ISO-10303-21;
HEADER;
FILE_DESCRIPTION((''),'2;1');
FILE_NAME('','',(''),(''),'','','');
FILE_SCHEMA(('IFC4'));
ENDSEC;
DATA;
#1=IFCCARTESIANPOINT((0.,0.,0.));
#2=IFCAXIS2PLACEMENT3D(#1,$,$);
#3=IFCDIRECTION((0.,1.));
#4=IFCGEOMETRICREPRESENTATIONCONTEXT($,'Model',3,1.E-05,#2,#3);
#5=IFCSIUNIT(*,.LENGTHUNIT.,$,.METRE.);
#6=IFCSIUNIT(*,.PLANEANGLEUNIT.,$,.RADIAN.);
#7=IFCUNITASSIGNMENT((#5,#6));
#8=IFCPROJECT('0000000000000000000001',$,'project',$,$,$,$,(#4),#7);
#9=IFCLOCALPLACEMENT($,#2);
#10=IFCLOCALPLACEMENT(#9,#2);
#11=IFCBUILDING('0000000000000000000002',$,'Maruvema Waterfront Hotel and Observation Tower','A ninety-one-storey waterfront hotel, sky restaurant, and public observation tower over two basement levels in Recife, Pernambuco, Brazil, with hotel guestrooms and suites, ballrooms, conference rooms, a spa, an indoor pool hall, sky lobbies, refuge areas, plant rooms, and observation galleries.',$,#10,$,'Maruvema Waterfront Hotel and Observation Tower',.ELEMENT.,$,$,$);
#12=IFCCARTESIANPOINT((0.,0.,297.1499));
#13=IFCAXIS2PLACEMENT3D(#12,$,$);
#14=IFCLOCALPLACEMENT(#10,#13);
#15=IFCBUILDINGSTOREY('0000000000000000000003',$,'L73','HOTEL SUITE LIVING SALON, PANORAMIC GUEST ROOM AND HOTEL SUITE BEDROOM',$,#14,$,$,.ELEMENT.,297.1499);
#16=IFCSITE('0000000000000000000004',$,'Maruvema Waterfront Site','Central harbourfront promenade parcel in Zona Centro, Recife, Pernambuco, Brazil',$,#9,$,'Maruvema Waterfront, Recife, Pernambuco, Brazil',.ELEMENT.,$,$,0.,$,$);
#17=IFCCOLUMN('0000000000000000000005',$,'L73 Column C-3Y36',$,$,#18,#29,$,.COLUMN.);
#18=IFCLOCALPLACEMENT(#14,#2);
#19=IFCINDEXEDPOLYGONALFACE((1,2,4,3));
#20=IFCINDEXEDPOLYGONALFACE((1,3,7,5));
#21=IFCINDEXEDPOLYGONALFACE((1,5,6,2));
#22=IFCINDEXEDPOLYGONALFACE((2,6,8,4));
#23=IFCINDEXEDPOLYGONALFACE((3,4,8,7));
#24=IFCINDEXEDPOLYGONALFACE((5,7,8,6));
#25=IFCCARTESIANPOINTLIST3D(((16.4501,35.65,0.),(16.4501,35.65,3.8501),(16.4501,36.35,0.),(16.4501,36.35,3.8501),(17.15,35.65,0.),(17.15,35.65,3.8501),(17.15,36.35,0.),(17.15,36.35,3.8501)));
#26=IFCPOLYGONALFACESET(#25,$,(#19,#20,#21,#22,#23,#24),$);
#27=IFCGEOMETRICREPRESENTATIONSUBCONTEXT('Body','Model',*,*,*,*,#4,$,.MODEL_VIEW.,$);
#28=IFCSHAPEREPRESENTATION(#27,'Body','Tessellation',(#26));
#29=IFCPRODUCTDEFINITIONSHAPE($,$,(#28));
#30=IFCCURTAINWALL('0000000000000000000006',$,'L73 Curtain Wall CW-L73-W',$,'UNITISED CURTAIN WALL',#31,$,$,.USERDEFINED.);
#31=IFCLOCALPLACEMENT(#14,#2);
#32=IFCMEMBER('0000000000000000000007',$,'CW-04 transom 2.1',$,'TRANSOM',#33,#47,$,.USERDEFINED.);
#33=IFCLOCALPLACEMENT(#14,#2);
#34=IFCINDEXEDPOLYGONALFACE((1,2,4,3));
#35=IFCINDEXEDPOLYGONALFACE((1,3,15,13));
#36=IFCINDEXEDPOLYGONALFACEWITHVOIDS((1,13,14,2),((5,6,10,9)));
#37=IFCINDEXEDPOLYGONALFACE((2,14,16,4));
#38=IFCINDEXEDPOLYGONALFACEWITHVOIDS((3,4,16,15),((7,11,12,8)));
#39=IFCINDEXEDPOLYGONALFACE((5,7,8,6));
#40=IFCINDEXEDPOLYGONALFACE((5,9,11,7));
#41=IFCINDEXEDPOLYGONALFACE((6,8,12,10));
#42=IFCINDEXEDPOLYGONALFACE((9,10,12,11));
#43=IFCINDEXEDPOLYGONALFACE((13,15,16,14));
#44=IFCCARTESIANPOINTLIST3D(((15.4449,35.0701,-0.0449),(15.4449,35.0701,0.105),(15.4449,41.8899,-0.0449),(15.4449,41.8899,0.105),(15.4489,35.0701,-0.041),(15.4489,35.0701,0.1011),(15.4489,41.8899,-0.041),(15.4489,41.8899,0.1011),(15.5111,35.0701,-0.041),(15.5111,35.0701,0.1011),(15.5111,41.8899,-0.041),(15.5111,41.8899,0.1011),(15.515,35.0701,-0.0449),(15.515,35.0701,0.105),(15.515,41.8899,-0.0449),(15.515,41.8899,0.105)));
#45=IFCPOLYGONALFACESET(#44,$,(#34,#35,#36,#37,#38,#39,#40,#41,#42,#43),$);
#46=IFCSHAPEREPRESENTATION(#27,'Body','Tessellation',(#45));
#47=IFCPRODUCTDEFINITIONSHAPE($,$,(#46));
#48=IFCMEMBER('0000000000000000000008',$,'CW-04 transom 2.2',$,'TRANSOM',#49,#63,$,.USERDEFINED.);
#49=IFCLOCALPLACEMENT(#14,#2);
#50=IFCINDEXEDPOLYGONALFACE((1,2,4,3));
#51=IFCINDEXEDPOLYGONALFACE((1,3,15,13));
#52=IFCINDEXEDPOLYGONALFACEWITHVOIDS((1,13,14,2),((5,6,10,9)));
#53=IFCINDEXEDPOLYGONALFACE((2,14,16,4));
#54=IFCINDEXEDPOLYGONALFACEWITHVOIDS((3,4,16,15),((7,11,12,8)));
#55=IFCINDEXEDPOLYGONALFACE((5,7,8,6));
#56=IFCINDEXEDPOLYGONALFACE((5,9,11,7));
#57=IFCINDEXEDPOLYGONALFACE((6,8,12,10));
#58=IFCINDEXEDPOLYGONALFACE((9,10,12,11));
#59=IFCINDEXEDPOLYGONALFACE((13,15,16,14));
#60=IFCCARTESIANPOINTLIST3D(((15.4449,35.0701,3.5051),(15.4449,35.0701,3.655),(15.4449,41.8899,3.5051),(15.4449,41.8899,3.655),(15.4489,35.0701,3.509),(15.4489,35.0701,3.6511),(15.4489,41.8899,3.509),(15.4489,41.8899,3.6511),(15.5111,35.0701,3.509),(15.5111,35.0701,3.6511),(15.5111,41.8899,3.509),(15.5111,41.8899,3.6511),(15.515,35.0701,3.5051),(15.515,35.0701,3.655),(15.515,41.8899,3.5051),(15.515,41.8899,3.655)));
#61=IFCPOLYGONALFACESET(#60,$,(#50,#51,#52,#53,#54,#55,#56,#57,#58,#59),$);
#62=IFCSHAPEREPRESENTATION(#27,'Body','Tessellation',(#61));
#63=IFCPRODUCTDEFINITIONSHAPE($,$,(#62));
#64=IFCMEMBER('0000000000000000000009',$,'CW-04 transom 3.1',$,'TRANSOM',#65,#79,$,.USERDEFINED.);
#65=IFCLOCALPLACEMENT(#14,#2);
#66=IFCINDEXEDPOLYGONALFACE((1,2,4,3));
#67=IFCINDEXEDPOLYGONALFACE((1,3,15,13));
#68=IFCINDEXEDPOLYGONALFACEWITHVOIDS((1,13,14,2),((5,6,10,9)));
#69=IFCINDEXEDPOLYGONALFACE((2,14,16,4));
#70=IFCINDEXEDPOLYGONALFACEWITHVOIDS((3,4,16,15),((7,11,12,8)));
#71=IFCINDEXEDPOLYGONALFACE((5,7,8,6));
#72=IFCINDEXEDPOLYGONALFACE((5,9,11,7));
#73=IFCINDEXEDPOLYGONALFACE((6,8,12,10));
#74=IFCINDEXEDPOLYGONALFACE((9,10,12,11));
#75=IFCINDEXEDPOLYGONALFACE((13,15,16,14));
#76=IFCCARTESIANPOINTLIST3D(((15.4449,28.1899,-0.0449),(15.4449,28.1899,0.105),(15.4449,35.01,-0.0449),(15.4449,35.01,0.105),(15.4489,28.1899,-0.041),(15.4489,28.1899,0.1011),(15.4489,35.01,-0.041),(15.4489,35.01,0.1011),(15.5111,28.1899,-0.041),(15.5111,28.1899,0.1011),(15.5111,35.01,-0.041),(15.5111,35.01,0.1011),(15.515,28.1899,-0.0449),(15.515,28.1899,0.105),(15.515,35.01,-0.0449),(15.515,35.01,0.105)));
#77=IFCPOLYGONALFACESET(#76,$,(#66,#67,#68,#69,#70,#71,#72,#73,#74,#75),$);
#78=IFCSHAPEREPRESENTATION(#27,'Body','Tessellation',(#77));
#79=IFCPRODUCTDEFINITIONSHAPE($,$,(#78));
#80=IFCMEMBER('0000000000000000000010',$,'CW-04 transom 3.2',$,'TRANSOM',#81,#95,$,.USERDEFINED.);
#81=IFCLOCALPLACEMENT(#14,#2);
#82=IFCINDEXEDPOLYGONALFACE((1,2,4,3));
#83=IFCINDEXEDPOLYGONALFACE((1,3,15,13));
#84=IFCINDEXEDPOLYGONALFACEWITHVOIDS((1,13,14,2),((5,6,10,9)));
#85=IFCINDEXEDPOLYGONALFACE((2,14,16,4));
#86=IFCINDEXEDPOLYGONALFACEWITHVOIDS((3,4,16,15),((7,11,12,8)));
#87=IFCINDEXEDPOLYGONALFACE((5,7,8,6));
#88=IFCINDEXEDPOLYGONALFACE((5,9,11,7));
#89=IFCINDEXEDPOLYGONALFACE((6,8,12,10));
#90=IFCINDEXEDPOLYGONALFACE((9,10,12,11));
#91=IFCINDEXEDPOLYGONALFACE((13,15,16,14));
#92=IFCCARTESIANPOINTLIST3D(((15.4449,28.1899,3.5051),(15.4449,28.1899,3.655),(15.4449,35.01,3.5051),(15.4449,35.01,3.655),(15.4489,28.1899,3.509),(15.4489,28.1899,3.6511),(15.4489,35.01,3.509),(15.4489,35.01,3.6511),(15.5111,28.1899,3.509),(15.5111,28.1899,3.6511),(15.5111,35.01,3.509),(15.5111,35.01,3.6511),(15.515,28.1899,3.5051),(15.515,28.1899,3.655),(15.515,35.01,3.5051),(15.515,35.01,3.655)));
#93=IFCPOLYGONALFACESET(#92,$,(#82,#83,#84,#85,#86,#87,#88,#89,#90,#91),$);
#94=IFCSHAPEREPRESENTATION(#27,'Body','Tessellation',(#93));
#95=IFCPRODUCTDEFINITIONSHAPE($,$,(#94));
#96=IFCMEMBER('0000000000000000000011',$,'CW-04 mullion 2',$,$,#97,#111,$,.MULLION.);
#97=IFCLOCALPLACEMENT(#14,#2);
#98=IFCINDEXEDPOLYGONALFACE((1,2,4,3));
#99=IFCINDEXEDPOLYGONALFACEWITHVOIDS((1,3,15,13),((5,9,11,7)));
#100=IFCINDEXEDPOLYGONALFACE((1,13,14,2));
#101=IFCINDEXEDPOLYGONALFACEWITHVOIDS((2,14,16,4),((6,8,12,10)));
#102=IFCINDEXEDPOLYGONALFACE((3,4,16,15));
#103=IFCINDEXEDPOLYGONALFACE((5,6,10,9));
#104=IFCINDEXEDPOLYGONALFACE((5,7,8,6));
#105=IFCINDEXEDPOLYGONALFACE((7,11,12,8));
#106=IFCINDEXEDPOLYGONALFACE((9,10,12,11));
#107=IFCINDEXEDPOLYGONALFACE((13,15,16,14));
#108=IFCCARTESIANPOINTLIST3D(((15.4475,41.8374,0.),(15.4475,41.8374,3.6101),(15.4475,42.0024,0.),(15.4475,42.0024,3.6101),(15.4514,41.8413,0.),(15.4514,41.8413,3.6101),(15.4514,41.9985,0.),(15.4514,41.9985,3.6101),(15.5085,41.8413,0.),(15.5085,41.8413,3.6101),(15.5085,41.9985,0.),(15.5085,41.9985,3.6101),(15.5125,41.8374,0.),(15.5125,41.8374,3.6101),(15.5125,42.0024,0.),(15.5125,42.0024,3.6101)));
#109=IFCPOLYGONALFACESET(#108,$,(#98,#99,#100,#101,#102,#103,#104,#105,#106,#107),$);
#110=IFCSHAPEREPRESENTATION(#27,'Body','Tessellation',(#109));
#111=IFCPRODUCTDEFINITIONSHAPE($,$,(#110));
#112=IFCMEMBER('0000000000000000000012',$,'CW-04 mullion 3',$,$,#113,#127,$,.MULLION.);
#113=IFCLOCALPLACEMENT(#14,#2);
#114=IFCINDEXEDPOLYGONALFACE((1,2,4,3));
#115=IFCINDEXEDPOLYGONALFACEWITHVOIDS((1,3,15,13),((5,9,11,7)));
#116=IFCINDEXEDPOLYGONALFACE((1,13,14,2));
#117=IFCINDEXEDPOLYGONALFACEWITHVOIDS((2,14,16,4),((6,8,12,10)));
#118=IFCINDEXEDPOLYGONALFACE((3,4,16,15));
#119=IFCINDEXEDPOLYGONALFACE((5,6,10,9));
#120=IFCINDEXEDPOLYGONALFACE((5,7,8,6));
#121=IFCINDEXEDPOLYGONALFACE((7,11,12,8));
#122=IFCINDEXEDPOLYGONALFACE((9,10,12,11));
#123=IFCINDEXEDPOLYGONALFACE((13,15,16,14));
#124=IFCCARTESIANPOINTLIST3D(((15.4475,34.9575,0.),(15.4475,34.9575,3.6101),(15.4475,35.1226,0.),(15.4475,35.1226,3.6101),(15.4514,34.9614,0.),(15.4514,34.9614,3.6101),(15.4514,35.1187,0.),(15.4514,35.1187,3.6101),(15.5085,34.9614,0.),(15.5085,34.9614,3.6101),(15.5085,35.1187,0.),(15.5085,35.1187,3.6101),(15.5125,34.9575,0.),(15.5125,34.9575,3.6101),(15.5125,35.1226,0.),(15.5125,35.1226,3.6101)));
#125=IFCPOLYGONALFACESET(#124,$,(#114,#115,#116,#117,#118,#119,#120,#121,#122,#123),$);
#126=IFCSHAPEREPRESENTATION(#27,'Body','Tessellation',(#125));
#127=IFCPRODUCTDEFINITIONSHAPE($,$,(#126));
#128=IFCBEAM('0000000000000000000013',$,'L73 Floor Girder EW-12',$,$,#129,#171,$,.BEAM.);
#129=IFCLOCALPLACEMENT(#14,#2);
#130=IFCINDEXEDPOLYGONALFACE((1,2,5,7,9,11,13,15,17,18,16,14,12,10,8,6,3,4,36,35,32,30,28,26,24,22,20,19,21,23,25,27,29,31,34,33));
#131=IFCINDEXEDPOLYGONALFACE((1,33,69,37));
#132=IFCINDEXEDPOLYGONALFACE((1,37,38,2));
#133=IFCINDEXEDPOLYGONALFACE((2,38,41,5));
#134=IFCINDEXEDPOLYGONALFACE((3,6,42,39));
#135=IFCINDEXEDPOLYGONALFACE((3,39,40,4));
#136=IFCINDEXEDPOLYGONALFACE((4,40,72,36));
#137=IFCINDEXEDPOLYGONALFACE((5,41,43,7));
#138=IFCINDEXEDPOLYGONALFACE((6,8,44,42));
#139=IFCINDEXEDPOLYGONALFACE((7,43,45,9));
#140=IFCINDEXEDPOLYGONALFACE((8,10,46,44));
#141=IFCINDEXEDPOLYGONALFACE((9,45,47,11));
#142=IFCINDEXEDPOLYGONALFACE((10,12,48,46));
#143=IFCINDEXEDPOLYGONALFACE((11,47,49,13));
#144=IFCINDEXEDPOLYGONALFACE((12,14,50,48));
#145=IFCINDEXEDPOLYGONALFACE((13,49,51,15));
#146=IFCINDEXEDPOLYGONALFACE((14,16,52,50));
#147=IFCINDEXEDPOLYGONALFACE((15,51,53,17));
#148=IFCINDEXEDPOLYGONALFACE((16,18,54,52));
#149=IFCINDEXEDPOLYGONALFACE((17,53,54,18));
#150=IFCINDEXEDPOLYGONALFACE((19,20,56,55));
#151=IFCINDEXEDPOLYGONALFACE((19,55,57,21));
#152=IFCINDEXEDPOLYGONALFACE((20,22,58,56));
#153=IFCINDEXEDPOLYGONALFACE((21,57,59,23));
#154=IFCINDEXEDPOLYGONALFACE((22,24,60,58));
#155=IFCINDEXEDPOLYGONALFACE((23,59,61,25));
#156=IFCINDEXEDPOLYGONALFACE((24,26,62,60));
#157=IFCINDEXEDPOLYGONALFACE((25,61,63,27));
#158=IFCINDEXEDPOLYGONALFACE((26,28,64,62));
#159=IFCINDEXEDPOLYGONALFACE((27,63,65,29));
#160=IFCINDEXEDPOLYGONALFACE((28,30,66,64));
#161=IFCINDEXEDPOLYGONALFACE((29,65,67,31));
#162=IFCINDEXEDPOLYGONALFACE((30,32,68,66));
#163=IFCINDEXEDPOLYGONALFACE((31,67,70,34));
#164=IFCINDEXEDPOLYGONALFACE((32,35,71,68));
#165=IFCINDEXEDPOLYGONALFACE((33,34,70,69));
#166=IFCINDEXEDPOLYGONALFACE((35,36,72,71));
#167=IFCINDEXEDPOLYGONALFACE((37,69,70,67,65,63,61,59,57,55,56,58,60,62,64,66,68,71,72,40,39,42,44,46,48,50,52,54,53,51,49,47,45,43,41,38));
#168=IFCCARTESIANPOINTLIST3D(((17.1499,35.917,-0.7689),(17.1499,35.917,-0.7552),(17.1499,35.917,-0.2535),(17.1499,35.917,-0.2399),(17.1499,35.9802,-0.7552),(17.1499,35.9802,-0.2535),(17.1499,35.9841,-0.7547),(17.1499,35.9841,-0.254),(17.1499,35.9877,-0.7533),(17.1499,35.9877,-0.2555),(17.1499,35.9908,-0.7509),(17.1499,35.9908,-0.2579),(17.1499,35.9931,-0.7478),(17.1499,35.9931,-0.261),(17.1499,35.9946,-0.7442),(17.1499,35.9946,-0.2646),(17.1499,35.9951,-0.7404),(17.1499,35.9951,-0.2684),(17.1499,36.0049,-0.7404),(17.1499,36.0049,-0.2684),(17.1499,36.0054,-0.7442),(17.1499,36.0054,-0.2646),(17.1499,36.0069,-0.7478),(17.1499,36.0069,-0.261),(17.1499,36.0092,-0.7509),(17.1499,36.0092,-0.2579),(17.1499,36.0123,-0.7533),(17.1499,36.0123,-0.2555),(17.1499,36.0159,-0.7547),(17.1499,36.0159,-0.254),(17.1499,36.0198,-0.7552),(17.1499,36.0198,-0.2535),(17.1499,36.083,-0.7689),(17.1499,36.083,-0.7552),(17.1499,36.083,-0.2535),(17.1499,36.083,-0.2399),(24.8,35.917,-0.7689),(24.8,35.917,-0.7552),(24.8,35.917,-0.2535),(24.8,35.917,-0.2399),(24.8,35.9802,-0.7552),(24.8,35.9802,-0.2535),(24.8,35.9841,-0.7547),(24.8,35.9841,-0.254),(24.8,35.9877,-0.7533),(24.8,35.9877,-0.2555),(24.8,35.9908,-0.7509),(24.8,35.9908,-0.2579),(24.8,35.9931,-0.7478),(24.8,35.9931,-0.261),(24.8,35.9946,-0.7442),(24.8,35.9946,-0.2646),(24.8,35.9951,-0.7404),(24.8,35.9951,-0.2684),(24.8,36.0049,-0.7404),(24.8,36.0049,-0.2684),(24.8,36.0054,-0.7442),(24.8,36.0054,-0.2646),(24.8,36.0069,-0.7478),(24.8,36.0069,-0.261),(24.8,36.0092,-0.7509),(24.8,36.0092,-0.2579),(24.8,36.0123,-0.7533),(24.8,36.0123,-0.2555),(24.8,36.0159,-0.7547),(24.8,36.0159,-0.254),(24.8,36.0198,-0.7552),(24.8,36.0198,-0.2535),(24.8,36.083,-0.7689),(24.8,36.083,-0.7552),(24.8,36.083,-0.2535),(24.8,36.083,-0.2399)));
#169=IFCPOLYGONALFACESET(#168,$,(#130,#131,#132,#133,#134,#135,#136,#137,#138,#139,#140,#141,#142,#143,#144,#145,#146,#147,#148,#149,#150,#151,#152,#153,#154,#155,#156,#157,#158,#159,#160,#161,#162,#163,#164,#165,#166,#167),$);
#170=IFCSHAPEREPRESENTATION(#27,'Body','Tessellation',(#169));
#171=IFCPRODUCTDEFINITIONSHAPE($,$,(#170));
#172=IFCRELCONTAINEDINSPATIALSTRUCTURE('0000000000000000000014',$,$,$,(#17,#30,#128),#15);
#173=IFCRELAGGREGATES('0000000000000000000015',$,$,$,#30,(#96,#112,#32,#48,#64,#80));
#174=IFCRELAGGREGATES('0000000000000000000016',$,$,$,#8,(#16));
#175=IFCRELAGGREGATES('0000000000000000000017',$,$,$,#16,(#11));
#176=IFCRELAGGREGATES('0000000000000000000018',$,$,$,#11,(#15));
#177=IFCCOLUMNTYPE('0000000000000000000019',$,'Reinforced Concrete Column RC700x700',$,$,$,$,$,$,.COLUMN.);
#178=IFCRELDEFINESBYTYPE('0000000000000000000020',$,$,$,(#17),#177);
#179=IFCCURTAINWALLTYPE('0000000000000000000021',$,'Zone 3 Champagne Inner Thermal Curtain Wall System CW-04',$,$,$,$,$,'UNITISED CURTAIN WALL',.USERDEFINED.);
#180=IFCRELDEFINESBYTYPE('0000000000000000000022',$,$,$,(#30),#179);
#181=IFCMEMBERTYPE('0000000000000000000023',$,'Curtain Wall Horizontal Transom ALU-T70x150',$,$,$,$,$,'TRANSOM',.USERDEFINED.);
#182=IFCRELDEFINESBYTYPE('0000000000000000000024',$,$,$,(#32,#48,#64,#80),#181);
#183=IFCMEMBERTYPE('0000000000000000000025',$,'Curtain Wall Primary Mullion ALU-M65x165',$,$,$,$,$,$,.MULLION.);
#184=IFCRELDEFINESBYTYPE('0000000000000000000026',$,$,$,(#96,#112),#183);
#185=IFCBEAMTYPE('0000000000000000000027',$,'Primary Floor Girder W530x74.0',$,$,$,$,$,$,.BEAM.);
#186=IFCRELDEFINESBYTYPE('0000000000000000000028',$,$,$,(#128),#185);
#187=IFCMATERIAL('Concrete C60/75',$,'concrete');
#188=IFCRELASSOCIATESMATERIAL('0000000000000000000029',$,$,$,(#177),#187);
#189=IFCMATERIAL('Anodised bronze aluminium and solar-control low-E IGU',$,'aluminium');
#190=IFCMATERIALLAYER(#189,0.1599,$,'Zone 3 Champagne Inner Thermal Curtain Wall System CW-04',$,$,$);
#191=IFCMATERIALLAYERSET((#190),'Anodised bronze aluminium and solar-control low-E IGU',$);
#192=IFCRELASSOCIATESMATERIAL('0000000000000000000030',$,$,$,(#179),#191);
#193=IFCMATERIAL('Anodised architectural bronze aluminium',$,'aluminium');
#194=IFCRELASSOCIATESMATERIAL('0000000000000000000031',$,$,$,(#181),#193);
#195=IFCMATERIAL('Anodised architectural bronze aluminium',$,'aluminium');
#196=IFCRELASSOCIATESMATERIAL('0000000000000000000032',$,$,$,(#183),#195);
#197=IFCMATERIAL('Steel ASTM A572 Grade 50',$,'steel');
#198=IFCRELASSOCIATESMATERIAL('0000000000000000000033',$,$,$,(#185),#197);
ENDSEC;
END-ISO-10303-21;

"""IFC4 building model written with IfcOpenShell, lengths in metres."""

from ifc_helpers import new_model, si_unit, direction, frame, origin, origin_2d, place, context, subcontext, project, spatial, rectangle, hollow_rectangle, i_section, extrude, material, layer, layer_set, material_profile, profile_set, type_object, element, aggregate, save


model = new_model("IFC4")

# Units and contexts
model_context = context("Model", 3, precision=1e-05, world=origin(), true_north=direction((0.0, 1.0)))
body_context = subcontext(model_context, "Body", "Model", "MODEL_VIEW")
ifc_project = project(units=[si_unit("LENGTHUNIT", "METRE"), si_unit("PLANEANGLEUNIT", "RADIAN")], contexts=[model_context])

# Site, building, storey
site_placement = place(None, origin())
site = spatial("IfcSite", under=ifc_project, at=site_placement, Name="Maruvema Waterfront Site", Description="Central harbourfront promenade parcel in Zona Centro, Recife, Pernambuco, Brazil", LongName="Maruvema Waterfront, Recife, Pernambuco, Brazil", CompositionType="ELEMENT", RefElevation=0.0)
building_placement = place(site_placement, origin())
building = spatial("IfcBuilding", under=site, at=building_placement, Name="Maruvema Waterfront Hotel and Observation Tower", Description="A ninety-one-storey waterfront hotel, sky restaurant, and public observation tower over two basement levels in Recife, Pernambuco, Brazil, with hotel guestrooms and suites, ballrooms, conference rooms, a spa, an indoor pool hall, sky lobbies, refuge areas, plant rooms, and observation galleries.", LongName="Maruvema Waterfront Hotel and Observation Tower", CompositionType="ELEMENT")
storey_placement = place(building_placement, frame((0.0, 0.0, 297.1499)))
storey = spatial("IfcBuildingStorey", under=building, at=storey_placement, Name="L73", Description="HOTEL SUITE LIVING SALON, PANORAMIC GUEST ROOM AND HOTEL SUITE BEDROOM", CompositionType="ELEMENT", Elevation=297.1499)

# Column
ifc_material_1 = material(Name="Concrete C60/75", Category="concrete")
ifc_material_profile_1 = material_profile(ifc_material_1, rectangle(XDim=0.7, YDim=0.7, at=origin_2d()), Name="RC700x700")
ifc_profile_set_1 = profile_set([ifc_material_profile_1], Name="Concrete C60/75")
column_type = type_object("IfcColumnType", Name="Reinforced Concrete Column RC700x700", PredefinedType="COLUMN", material=ifc_profile_set_1)
column_placement = place(storey_placement, frame((16.8, 36.0, 0.0), z_axis=(0.0, 0.0, 1.0), x_axis=(1.0, 0.0, 0.0)))
element("IfcColumn", 1, at=column_placement, inside=storey, type_object=column_type, Name="L73 Column C-3Y36", PredefinedType="COLUMN", context=body_context, shape_type="SweptSolid", body=[
    extrude(rectangle(XDim=0.7, YDim=0.7, at=origin_2d()), origin(), (0.0, 0.0, 1.0), 3.8501),
])

# Curtain wall, members
ifc_material_2 = material(Name="Anodised bronze aluminium and solar-control low-E IGU", Category="aluminium")
ifc_layer_1 = layer(ifc_material_2, 0.1599, Name="Zone 3 Champagne Inner Thermal Curtain Wall System CW-04")
ifc_layer_set_1 = layer_set([ifc_layer_1], Name="Anodised bronze aluminium and solar-control low-E IGU")
curtain_wall_type = type_object("IfcCurtainWallType", Name="Zone 3 Champagne Inner Thermal Curtain Wall System CW-04", ElementType="UNITISED CURTAIN WALL", PredefinedType="USERDEFINED", material=ifc_layer_set_1)
curtain_wall_placement = place(storey_placement, origin())
curtain_wall = element("IfcCurtainWall", 2, at=curtain_wall_placement, inside=storey, type_object=curtain_wall_type, Name="L73 Curtain Wall CW-L73-W", ObjectType="UNITISED CURTAIN WALL", PredefinedType="USERDEFINED")
ifc_material_3 = material(Name="Anodised architectural bronze aluminium", Category="aluminium")
ifc_material_profile_2 = material_profile(ifc_material_3, hollow_rectangle(XDim=0.0701, YDim=0.1499, WallThickness=0.0039, at=origin_2d()), Name="ALU-T70x150")
ifc_profile_set_2 = profile_set([ifc_material_profile_2], Name="Anodised architectural bronze aluminium")
member_type_1 = type_object("IfcMemberType", Name="Curtain Wall Horizontal Transom ALU-T70x150", ElementType="TRANSOM", PredefinedType="USERDEFINED", material=ifc_profile_set_2)
member_1_placement = place(storey_placement, frame((15.48, 41.8899, 0.03), z_axis=(0.0, -1.0, 0.0), x_axis=(1.0, 0.0, 0.0)))
member_1 = element("IfcMember", 3, at=member_1_placement, type_object=member_type_1, Name="CW-04 transom 2.1", ObjectType="TRANSOM", PredefinedType="USERDEFINED", context=body_context, shape_type="SweptSolid", body=[
    extrude(hollow_rectangle(XDim=0.0701, YDim=0.1499, WallThickness=0.0039, at=origin_2d()), origin(), (0.0, 0.0, 1.0), 6.8198),
])
member_2_placement = place(storey_placement, frame((15.48, 41.8899, 3.5801), z_axis=(0.0, -1.0, 0.0), x_axis=(1.0, 0.0, 0.0)))
member_2 = element("IfcMember", 4, at=member_2_placement, type_object=member_type_1, Name="CW-04 transom 2.2", ObjectType="TRANSOM", PredefinedType="USERDEFINED", context=body_context, shape_type="SweptSolid", body=[
    extrude(hollow_rectangle(XDim=0.0701, YDim=0.1499, WallThickness=0.0039, at=origin_2d()), origin(), (0.0, 0.0, 1.0), 6.8198),
])
member_3_placement = place(storey_placement, frame((15.48, 35.01, 0.03), z_axis=(0.0, -1.0, 0.0), x_axis=(1.0, 0.0, 0.0)))
member_3 = element("IfcMember", 5, at=member_3_placement, type_object=member_type_1, Name="CW-04 transom 3.1", ObjectType="TRANSOM", PredefinedType="USERDEFINED", context=body_context, shape_type="SweptSolid", body=[
    extrude(hollow_rectangle(XDim=0.0701, YDim=0.1499, WallThickness=0.0039, at=origin_2d()), origin(), (0.0, 0.0, 1.0), 6.8201),
])
member_4_placement = place(storey_placement, frame((15.48, 35.01, 3.5801), z_axis=(0.0, -1.0, 0.0), x_axis=(1.0, 0.0, 0.0)))
member_4 = element("IfcMember", 6, at=member_4_placement, type_object=member_type_1, Name="CW-04 transom 3.2", ObjectType="TRANSOM", PredefinedType="USERDEFINED", context=body_context, shape_type="SweptSolid", body=[
    extrude(hollow_rectangle(XDim=0.0701, YDim=0.1499, WallThickness=0.0039, at=origin_2d()), origin(), (0.0, 0.0, 1.0), 6.8201),
])
ifc_material_4 = material(Name="Anodised architectural bronze aluminium", Category="aluminium")
ifc_material_profile_3 = material_profile(ifc_material_4, hollow_rectangle(XDim=0.0649, YDim=0.165, WallThickness=0.0039, at=origin_2d()), Name="ALU-M65x165")
ifc_profile_set_3 = profile_set([ifc_material_profile_3], Name="Anodised architectural bronze aluminium")
member_type_2 = type_object("IfcMemberType", Name="Curtain Wall Primary Mullion ALU-M65x165", PredefinedType="MULLION", material=ifc_profile_set_3)
member_5_placement = place(storey_placement, frame((15.48, 41.9199, 0.0), z_axis=(0.0, 0.0, 1.0), x_axis=(1.0, 0.0, 0.0)))
member_5 = element("IfcMember", 7, at=member_5_placement, type_object=member_type_2, Name="CW-04 mullion 2", PredefinedType="MULLION", context=body_context, shape_type="SweptSolid", body=[
    extrude(hollow_rectangle(XDim=0.0649, YDim=0.165, WallThickness=0.0039, at=origin_2d()), origin(), (0.0, 0.0, 1.0), 3.6101),
])
member_6_placement = place(storey_placement, frame((15.48, 35.04, 0.0), z_axis=(0.0, 0.0, 1.0), x_axis=(1.0, 0.0, 0.0)))
member_6 = element("IfcMember", 8, at=member_6_placement, type_object=member_type_2, Name="CW-04 mullion 3", PredefinedType="MULLION", context=body_context, shape_type="SweptSolid", body=[
    extrude(hollow_rectangle(XDim=0.0649, YDim=0.165, WallThickness=0.0039, at=origin_2d()), origin(), (0.0, 0.0, 1.0), 3.6101),
])

# Beam
ifc_material_5 = material(Name="Steel ASTM A572 Grade 50", Category="steel")
ifc_material_profile_4 = material_profile(ifc_material_5, i_section(OverallWidth=0.166, OverallDepth=0.5291, WebThickness=0.0098, FlangeThickness=0.0137, FilletRadius=0.0149, at=origin_2d()), Name="W530x74.0")
ifc_profile_set_4 = profile_set([ifc_material_profile_4], Name="Steel ASTM A572 Grade 50")
beam_type_1 = type_object("IfcBeamType", Name="Primary Floor Girder W530x74.0", PredefinedType="BEAM", material=ifc_profile_set_4)
beam_1_placement = place(storey_placement, frame((17.1499, 36.0, -0.5044), z_axis=(1.0, 0.0, 0.0), x_axis=(0.0, 1.0, 0.0)))
element("IfcBeam", 9, at=beam_1_placement, inside=storey, type_object=beam_type_1, Name="L73 Floor Girder EW-12", PredefinedType="BEAM", context=body_context, shape_type="SweptSolid", body=[
    extrude(i_section(OverallWidth=0.166, OverallDepth=0.5291, WebThickness=0.0098, FlangeThickness=0.0137, FilletRadius=0.0149, at=origin_2d()), origin(), (0.0, 0.0, 1.0), 7.6501),
])

aggregate(curtain_wall, [member_5, member_6, member_1, member_2, member_3, member_4])

save(model, "model.ifc")
